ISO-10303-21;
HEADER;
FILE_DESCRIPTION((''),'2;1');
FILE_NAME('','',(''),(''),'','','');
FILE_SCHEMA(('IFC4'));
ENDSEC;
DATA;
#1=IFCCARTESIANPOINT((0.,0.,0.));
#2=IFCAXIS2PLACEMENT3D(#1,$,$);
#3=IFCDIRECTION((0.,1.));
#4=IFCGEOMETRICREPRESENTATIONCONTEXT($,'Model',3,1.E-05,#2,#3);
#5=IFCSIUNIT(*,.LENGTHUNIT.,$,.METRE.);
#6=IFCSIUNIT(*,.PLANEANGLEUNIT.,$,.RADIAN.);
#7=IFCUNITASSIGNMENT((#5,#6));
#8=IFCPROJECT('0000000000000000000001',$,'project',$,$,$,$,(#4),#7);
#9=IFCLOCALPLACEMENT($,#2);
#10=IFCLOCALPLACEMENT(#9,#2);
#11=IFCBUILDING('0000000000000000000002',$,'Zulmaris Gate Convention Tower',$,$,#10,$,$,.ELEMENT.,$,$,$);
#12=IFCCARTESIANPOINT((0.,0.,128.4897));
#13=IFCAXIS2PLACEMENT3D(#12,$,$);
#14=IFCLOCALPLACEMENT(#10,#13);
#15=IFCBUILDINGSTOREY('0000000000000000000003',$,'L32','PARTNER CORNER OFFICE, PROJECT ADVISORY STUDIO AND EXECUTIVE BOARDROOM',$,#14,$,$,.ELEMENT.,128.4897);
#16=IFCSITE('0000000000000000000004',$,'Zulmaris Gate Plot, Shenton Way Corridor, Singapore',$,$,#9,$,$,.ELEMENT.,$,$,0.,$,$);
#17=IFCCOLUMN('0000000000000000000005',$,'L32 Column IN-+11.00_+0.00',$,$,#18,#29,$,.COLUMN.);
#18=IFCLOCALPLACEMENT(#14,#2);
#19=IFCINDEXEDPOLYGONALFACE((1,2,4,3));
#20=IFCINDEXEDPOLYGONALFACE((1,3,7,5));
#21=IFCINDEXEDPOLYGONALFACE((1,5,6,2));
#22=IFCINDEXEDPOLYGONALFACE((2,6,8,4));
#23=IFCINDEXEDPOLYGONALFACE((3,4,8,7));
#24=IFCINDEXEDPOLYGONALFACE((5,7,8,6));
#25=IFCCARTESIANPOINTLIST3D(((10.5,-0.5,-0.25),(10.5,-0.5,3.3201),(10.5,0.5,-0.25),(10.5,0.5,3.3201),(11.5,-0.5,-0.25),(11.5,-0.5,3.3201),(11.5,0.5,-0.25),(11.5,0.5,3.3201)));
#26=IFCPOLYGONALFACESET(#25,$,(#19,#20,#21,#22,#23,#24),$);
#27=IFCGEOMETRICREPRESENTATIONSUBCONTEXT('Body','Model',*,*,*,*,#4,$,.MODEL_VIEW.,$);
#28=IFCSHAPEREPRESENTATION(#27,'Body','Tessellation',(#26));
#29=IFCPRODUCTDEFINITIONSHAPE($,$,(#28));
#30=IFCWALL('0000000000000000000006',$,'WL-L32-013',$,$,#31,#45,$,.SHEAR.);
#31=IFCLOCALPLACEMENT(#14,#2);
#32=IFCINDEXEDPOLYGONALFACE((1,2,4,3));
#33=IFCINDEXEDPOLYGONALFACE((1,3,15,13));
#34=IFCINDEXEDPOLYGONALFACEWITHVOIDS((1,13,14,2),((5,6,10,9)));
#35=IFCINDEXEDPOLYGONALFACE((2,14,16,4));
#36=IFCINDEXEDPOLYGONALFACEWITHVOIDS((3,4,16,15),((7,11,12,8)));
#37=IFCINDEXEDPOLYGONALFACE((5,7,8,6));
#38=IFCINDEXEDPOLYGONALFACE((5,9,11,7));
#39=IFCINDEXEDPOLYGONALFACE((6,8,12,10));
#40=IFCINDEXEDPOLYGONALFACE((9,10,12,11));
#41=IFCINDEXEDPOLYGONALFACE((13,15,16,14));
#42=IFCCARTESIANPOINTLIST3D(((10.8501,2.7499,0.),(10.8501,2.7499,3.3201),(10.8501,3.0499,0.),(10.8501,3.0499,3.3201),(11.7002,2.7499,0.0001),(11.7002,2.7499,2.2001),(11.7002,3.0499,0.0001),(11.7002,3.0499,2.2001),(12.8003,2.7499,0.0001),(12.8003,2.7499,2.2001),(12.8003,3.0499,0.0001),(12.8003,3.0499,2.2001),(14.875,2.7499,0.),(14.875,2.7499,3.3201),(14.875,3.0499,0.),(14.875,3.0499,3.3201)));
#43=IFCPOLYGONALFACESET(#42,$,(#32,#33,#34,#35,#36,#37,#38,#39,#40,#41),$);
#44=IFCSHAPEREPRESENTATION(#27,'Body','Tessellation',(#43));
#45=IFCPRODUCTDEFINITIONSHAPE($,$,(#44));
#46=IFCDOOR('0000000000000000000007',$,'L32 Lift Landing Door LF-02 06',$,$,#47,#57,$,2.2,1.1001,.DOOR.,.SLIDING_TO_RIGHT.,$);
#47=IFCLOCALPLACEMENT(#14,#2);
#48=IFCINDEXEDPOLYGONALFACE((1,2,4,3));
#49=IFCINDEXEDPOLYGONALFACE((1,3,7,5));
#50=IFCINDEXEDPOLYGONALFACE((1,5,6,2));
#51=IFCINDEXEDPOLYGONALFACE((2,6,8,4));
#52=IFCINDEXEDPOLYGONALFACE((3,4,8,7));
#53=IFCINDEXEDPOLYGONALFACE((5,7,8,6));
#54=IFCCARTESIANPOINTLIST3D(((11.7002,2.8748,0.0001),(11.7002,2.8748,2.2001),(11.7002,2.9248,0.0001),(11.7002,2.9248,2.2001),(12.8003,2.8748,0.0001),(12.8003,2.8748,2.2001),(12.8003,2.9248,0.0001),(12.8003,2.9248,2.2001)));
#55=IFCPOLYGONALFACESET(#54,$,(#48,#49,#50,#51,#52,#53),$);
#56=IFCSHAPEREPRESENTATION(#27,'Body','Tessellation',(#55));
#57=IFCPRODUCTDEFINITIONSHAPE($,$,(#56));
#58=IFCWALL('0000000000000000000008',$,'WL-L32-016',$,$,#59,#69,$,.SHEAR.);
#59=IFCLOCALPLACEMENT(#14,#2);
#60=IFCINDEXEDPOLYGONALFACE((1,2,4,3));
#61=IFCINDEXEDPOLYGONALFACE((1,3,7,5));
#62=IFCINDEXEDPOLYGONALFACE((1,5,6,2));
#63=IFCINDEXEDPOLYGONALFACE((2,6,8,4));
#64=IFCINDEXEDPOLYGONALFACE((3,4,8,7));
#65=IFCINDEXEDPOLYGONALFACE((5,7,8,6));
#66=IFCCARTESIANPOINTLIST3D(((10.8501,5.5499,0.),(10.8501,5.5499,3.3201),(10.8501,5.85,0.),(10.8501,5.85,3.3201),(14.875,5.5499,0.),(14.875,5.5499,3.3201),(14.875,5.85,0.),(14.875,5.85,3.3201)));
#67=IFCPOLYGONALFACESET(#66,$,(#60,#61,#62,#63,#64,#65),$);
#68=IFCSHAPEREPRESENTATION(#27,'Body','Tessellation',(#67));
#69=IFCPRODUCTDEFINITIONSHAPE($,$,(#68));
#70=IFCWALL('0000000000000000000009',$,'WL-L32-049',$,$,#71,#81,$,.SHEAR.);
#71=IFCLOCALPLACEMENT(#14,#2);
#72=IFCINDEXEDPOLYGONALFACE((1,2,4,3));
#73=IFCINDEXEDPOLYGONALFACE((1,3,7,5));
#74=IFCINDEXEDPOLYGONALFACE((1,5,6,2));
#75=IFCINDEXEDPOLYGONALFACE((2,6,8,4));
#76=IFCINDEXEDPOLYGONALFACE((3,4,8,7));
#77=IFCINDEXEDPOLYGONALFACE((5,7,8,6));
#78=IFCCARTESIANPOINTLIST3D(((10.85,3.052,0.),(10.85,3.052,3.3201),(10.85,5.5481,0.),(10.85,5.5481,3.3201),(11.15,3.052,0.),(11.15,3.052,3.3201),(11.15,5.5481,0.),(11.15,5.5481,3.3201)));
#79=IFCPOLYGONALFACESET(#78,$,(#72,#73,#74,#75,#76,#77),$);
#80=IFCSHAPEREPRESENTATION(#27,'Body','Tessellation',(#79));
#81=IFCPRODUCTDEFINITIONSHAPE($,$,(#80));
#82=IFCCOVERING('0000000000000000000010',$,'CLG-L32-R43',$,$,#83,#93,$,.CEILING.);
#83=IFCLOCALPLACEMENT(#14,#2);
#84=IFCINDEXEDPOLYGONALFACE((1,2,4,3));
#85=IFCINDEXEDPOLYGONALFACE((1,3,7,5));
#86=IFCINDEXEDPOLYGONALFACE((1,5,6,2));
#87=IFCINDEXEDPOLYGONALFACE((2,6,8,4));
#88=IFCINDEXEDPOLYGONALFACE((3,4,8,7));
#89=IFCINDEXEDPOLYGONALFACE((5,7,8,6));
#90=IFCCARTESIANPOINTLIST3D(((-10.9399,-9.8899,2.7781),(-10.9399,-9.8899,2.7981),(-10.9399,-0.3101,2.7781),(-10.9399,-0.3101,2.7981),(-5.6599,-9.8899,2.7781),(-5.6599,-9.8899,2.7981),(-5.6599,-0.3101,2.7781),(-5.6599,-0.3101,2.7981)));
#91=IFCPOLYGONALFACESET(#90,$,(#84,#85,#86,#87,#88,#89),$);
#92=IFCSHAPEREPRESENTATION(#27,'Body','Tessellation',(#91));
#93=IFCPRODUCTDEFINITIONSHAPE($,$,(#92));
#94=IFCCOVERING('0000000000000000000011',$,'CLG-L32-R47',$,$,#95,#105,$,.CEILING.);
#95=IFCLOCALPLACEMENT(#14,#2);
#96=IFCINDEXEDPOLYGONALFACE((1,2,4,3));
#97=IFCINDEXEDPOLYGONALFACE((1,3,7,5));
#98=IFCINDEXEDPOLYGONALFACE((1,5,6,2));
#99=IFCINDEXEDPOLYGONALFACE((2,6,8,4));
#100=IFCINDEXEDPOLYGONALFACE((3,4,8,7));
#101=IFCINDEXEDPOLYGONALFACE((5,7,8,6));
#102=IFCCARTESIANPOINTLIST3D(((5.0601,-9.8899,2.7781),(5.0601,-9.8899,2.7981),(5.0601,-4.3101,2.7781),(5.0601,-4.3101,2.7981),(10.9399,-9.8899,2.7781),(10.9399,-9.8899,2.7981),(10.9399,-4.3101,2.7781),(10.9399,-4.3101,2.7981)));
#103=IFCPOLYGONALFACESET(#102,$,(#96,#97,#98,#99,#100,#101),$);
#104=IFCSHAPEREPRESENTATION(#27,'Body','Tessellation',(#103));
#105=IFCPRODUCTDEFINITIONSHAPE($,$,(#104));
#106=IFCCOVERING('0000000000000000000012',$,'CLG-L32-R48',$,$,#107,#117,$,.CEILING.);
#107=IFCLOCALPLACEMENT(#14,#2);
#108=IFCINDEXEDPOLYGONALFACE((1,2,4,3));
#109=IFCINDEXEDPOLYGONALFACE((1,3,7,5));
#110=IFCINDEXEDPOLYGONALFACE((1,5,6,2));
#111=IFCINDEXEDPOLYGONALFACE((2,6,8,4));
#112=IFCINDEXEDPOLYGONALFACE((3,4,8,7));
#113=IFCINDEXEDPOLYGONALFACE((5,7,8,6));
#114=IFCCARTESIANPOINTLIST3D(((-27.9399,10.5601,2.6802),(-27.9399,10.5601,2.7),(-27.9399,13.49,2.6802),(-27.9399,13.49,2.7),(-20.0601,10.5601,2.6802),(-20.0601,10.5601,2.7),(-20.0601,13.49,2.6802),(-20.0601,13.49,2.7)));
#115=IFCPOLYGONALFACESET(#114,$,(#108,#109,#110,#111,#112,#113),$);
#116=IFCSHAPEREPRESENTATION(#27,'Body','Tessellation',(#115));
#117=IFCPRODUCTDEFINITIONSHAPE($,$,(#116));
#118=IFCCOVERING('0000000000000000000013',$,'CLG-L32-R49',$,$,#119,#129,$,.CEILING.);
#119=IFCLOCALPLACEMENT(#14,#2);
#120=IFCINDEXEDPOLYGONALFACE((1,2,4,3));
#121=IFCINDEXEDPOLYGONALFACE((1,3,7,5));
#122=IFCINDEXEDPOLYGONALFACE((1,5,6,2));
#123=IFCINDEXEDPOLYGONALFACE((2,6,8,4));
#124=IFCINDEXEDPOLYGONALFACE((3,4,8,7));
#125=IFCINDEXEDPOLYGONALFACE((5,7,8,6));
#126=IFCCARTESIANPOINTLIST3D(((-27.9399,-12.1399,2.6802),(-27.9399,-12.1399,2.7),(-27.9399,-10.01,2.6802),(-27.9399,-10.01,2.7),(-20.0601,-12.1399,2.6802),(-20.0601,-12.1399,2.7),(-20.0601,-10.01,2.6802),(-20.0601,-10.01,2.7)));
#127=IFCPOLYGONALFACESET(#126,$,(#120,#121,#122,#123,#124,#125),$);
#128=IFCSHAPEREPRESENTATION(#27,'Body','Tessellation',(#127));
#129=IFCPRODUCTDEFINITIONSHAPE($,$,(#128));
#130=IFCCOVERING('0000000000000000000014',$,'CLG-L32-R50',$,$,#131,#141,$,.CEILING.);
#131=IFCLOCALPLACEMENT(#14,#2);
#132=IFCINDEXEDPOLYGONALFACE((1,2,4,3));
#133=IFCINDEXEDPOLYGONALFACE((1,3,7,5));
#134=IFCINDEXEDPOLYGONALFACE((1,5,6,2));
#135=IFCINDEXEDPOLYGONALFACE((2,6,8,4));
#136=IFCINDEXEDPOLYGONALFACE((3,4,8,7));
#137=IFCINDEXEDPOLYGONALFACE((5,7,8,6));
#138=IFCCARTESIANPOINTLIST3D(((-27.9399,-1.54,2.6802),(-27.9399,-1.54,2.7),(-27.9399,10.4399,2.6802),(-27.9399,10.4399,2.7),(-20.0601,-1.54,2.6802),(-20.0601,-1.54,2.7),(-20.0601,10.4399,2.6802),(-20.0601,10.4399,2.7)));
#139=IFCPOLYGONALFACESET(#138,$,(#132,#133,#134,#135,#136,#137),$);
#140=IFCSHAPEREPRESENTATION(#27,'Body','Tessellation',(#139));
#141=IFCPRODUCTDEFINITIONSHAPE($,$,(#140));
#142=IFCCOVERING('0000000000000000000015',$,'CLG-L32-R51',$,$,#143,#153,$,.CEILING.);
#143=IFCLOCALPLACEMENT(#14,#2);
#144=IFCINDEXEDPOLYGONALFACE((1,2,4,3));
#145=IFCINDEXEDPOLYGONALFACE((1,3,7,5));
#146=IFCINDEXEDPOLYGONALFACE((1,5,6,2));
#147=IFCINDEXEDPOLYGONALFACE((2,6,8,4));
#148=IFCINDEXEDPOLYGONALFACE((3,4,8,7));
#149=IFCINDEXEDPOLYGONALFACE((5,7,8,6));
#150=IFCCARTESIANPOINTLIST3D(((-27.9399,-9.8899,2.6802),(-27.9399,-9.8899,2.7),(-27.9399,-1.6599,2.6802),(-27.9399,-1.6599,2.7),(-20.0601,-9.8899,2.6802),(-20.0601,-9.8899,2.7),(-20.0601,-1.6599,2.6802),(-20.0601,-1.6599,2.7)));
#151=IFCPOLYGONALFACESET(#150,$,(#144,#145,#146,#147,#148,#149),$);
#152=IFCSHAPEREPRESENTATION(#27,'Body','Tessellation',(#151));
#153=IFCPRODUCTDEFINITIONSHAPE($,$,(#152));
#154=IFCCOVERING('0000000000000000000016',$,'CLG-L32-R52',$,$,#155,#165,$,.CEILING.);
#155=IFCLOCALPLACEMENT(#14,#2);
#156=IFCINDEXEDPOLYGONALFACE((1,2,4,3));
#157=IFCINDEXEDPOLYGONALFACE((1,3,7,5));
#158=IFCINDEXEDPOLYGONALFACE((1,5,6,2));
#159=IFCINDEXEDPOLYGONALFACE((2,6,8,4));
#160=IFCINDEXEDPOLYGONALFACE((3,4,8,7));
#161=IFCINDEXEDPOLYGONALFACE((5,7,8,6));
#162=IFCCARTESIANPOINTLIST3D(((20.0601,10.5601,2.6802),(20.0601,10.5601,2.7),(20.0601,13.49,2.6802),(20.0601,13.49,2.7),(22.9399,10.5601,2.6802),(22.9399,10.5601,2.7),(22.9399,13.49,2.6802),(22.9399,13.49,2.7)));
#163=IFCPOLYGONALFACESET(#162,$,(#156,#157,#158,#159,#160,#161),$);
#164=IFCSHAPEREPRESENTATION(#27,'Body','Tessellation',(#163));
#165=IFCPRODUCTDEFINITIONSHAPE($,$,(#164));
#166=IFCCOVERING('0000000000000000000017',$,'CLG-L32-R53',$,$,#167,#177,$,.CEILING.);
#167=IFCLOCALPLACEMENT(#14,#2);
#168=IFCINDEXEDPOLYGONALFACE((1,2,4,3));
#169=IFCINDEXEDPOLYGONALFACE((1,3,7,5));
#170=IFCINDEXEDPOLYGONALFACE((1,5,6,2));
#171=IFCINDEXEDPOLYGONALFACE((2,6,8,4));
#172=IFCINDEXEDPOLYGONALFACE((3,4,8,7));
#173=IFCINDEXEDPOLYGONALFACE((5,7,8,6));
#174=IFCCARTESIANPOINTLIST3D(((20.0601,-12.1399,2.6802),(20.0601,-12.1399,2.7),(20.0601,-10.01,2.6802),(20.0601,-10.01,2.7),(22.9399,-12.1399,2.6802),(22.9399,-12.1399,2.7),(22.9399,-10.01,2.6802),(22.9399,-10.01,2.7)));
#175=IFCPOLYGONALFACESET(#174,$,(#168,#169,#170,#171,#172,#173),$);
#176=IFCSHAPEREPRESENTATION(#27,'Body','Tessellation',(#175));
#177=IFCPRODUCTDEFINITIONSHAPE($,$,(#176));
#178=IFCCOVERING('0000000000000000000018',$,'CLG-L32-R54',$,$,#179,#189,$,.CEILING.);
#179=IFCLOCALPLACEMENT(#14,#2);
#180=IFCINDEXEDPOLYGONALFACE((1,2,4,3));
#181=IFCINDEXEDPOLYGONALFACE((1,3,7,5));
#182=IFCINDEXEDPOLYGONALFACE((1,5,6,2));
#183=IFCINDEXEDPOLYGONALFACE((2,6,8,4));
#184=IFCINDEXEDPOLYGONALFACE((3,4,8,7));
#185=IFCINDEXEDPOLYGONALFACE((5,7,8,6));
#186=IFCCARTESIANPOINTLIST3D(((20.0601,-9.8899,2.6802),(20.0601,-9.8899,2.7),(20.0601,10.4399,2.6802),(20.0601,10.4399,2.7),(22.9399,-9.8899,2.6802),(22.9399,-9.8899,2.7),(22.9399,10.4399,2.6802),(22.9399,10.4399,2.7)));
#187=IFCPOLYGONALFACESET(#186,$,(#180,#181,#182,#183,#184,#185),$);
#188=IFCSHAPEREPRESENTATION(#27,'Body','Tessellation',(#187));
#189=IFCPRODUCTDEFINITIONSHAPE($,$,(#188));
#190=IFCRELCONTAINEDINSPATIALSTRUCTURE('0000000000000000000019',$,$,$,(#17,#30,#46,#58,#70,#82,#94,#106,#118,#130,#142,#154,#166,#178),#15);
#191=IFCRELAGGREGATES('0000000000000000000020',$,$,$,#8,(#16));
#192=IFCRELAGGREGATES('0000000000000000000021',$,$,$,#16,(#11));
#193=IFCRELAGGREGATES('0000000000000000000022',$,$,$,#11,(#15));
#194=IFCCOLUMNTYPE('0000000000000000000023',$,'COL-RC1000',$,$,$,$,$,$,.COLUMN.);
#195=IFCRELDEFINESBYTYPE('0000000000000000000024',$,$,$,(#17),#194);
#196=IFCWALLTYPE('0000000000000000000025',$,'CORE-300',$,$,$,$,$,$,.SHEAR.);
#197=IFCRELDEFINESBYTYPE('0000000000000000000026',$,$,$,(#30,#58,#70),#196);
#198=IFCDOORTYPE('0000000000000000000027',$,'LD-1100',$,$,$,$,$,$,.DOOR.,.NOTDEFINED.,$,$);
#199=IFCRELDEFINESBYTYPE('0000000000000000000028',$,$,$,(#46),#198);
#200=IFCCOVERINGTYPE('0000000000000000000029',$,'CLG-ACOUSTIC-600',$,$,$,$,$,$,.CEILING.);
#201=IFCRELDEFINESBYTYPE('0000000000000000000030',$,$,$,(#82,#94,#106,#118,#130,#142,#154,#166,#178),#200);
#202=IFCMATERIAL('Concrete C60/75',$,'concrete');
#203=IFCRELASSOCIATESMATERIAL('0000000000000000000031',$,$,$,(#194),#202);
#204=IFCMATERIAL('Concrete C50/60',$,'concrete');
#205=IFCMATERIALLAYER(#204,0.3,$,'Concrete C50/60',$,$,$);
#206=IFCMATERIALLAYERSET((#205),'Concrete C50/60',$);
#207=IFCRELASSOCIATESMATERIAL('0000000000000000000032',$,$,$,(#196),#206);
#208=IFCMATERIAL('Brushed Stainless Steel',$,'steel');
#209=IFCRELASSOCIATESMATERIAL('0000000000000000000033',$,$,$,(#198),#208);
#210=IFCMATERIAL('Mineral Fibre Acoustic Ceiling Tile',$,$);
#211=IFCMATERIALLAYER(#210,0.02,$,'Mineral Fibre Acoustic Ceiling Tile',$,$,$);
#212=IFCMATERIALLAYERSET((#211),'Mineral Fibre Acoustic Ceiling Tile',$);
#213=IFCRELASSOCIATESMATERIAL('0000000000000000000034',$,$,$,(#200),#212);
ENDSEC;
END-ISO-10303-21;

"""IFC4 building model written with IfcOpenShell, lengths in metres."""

from ifc_helpers import new_model, si_unit, direction, frame, frame_2d, origin, origin_2d, place, context, subcontext, project, spatial, polyline, rectangle, outline, extrude, material, layer, layer_set, material_profile, profile_set, type_object, element, fill, save


model = new_model("IFC4")

# Units and contexts
model_context = context("Model", 3, precision=1e-05, world=origin(), true_north=direction((0.0, 1.0)))
body_context = subcontext(model_context, "Body", "Model", "MODEL_VIEW")
ifc_project = project(units=[si_unit("LENGTHUNIT", "METRE"), si_unit("PLANEANGLEUNIT", "RADIAN")], contexts=[model_context])

# Site, building, storey
site_placement = place(None, origin())
site = spatial("IfcSite", under=ifc_project, at=site_placement, Name="Zulmaris Gate Plot, Shenton Way Corridor, Singapore", CompositionType="ELEMENT", RefElevation=0.0)
building_placement = place(site_placement, origin())
building = spatial("IfcBuilding", under=site, at=building_placement, Name="Zulmaris Gate Convention Tower", CompositionType="ELEMENT")
storey_placement = place(building_placement, frame((0.0, 0.0, 128.4897)))
storey = spatial("IfcBuildingStorey", under=building, at=storey_placement, Name="L32", Description="PARTNER CORNER OFFICE, PROJECT ADVISORY STUDIO AND EXECUTIVE BOARDROOM", CompositionType="ELEMENT", Elevation=128.4897)

# Column
ifc_material_1 = material(Name="Concrete C60/75", Category="concrete")
ifc_material_profile = material_profile(ifc_material_1, rectangle(XDim=1.0, YDim=1.0, at=origin_2d()), Name="RC COL 1000x1000")
ifc_profile_set = profile_set([ifc_material_profile], Name="Concrete C60/75")
column_type = type_object("IfcColumnType", Name="COL-RC1000", PredefinedType="COLUMN", material=ifc_profile_set)
column_placement = place(storey_placement, frame((11.0, 0.0, -0.25), z_axis=(0.0, 0.0, 1.0), x_axis=(1.0, 0.0, 0.0)))
element("IfcColumn", 1, at=column_placement, inside=storey, type_object=column_type, Name="L32 Column IN-+11.00_+0.00", PredefinedType="COLUMN", context=body_context, shape_type="SweptSolid", body=[
    extrude(rectangle(XDim=1.0, YDim=1.0, at=origin_2d()), origin(), (0.0, 0.0, 1.0), 3.5701),
])

# Wall, opening, door
ifc_material_2 = material(Name="Concrete C50/60", Category="concrete")
ifc_layer_1 = layer(ifc_material_2, 0.3, Name="Concrete C50/60")
ifc_layer_set_1 = layer_set([ifc_layer_1], Name="Concrete C50/60")
wall_type = type_object("IfcWallType", Name="CORE-300", PredefinedType="SHEAR", material=ifc_layer_set_1)
wall_1_placement = place(storey_placement, frame((10.8501, 2.8999, 0.0), z_axis=(0.0, 0.0, 1.0), x_axis=(1.0, 0.0, 0.0)))
wall_1 = element("IfcWall", 2, at=wall_1_placement, inside=storey, type_object=wall_type, Name="WL-L32-013", PredefinedType="SHEAR", context=body_context, shape_type="SweptSolid", body=[
    extrude(rectangle(XDim=4.0249, YDim=0.3, at=frame_2d((2.0125, 0.0))), origin(), (0.0, 0.0, 1.0), 3.3201),
])
opening_1_placement = place(wall_1_placement, frame((0.8501, 0.0, 0.0)))
opening_1 = element("IfcOpeningElement", 3, at=opening_1_placement, cuts=wall_1, PredefinedType="OPENING", context=body_context, shape_type="SweptSolid", body=[
    extrude(rectangle(XDim=1.1001, YDim=2.2, at=frame_2d((0.55, 1.1001))), frame((0.0, 0.1602, 0.0), z_axis=(0.0, -1.0, 0.0), x_axis=(1.0, 0.0, 0.0)), (0.0, 0.0, 1.0), 0.3201),
])
ifc_material_3 = material(Name="Brushed Stainless Steel", Category="steel")
door_type_1 = type_object("IfcDoorType", Name="LD-1100", OperationType="NOTDEFINED", PredefinedType="DOOR", material=ifc_material_3)
door_1_placement = place(opening_1_placement, origin())
door_1 = element("IfcDoor", 4, at=door_1_placement, inside=storey, type_object=door_type_1, Name="L32 Lift Landing Door LF-02 06", OperationType="SLIDING_TO_RIGHT", OverallHeight=2.2, OverallWidth=1.1001, PredefinedType="DOOR", context=body_context, shape_type="SweptSolid", body=[
    extrude(rectangle(XDim=1.1001, YDim=2.2, at=frame_2d((0.55, 1.1001))), frame((0.0, 0.0249, 0.0), z_axis=(0.0, -1.0, 0.0), x_axis=(1.0, 0.0, 0.0)), (0.0, 0.0, 1.0), 0.05),
])
fill(opening_1, door_1)

# Wall
wall_2_placement = place(storey_placement, frame((10.8501, 5.7, 0.0), z_axis=(0.0, 0.0, 1.0), x_axis=(1.0, 0.0, 0.0)))
element("IfcWall", 5, at=wall_2_placement, inside=storey, type_object=wall_type, Name="WL-L32-016", PredefinedType="SHEAR", context=body_context, shape_type="SweptSolid", body=[
    extrude(rectangle(XDim=4.0249, YDim=0.3, at=frame_2d((2.0125, 0.0))), origin(), (0.0, 0.0, 1.0), 3.3201),
])

# Wall
wall_3_placement = place(storey_placement, frame((11.0, 3.052, 0.0), z_axis=(0.0, 0.0, 1.0), x_axis=(0.0, 1.0, 0.0)))
element("IfcWall", 6, at=wall_3_placement, inside=storey, type_object=wall_type, Name="WL-L32-049", PredefinedType="SHEAR", context=body_context, shape_type="SweptSolid", body=[
    extrude(rectangle(XDim=2.4961, YDim=0.3, at=frame_2d((1.248, 0.0))), origin(), (0.0, 0.0, 1.0), 3.3201),
])

# Coverings
ifc_material_4 = material(Name="Mineral Fibre Acoustic Ceiling Tile")
ifc_layer_2 = layer(ifc_material_4, 0.02, Name="Mineral Fibre Acoustic Ceiling Tile")
ifc_layer_set_2 = layer_set([ifc_layer_2], Name="Mineral Fibre Acoustic Ceiling Tile")
covering_type_1 = type_object("IfcCoveringType", Name="CLG-ACOUSTIC-600", PredefinedType="CEILING", material=ifc_layer_set_2)
covering_1_placement = place(storey_placement, frame((0.0, 0.0, 2.7781)))
element("IfcCovering", 7, at=covering_1_placement, inside=storey, type_object=covering_type_1, Name="CLG-L32-R43", PredefinedType="CEILING", context=body_context, shape_type="SweptSolid", body=[
    extrude(outline(polyline([(-10.9399, -9.8899), (-5.6599, -9.8899), (-5.6599, -0.3101), (-10.9399, -0.3101), (-10.9399, -9.8899)])), origin(), (0.0, 0.0, 1.0), 0.02),
])
covering_2_placement = place(storey_placement, frame((0.0, 0.0, 2.7781)))
element("IfcCovering", 8, at=covering_2_placement, inside=storey, type_object=covering_type_1, Name="CLG-L32-R47", PredefinedType="CEILING", context=body_context, shape_type="SweptSolid", body=[
    extrude(outline(polyline([(5.0601, -9.8899), (10.9399, -9.8899), (10.9399, -4.3101), (5.0601, -4.3101), (5.0601, -9.8899)])), origin(), (0.0, 0.0, 1.0), 0.02),
])
covering_3_placement = place(storey_placement, frame((0.0, 0.0, 2.6802)))
element("IfcCovering", 9, at=covering_3_placement, inside=storey, type_object=covering_type_1, Name="CLG-L32-R48", PredefinedType="CEILING", context=body_context, shape_type="SweptSolid", body=[
    extrude(outline(polyline([(-27.9399, 10.5601), (-20.0601, 10.5601), (-20.0601, 13.49), (-27.9399, 13.49), (-27.9399, 10.5601)])), origin(), (0.0, 0.0, 1.0), 0.0198),
])
covering_4_placement = place(storey_placement, frame((0.0, 0.0, 2.6802)))
element("IfcCovering", 10, at=covering_4_placement, inside=storey, type_object=covering_type_1, Name="CLG-L32-R49", PredefinedType="CEILING", context=body_context, shape_type="SweptSolid", body=[
    extrude(outline(polyline([(-27.9399, -12.1399), (-20.0601, -12.1399), (-20.0601, -10.01), (-27.9399, -10.01), (-27.9399, -12.1399)])), origin(), (0.0, 0.0, 1.0), 0.0198),
])
covering_5_placement = place(storey_placement, frame((0.0, 0.0, 2.6802)))
element("IfcCovering", 11, at=covering_5_placement, inside=storey, type_object=covering_type_1, Name="CLG-L32-R50", PredefinedType="CEILING", context=body_context, shape_type="SweptSolid", body=[
    extrude(outline(polyline([(-27.9399, -1.54), (-20.0601, -1.54), (-20.0601, 10.4399), (-27.9399, 10.4399), (-27.9399, -1.54)])), origin(), (0.0, 0.0, 1.0), 0.0198),
])
covering_6_placement = place(storey_placement, frame((0.0, 0.0, 2.6802)))
element("IfcCovering", 12, at=covering_6_placement, inside=storey, type_object=covering_type_1, Name="CLG-L32-R51", PredefinedType="CEILING", context=body_context, shape_type="SweptSolid", body=[
    extrude(outline(polyline([(-27.9399, -9.8899), (-20.0601, -9.8899), (-20.0601, -1.6599), (-27.9399, -1.6599), (-27.9399, -9.8899)])), origin(), (0.0, 0.0, 1.0), 0.0198),
])
covering_7_placement = place(storey_placement, frame((0.0, 0.0, 2.6802)))
element("IfcCovering", 13, at=covering_7_placement, inside=storey, type_object=covering_type_1, Name="CLG-L32-R52", PredefinedType="CEILING", context=body_context, shape_type="SweptSolid", body=[
    extrude(outline(polyline([(20.0601, 10.5601), (22.9399, 10.5601), (22.9399, 13.49), (20.0601, 13.49), (20.0601, 10.5601)])), origin(), (0.0, 0.0, 1.0), 0.0198),
])
covering_8_placement = place(storey_placement, frame((0.0, 0.0, 2.6802)))
element("IfcCovering", 14, at=covering_8_placement, inside=storey, type_object=covering_type_1, Name="CLG-L32-R53", PredefinedType="CEILING", context=body_context, shape_type="SweptSolid", body=[
    extrude(outline(polyline([(20.0601, -12.1399), (22.9399, -12.1399), (22.9399, -10.01), (20.0601, -10.01), (20.0601, -12.1399)])), origin(), (0.0, 0.0, 1.0), 0.0198),
])
covering_9_placement = place(storey_placement, frame((0.0, 0.0, 2.6802)))
element("IfcCovering", 15, at=covering_9_placement, inside=storey, type_object=covering_type_1, Name="CLG-L32-R54", PredefinedType="CEILING", context=body_context, shape_type="SweptSolid", body=[
    extrude(outline(polyline([(20.0601, -9.8899), (22.9399, -9.8899), (22.9399, 10.4399), (20.0601, 10.4399), (20.0601, -9.8899)])), origin(), (0.0, 0.0, 1.0), 0.0198),
])

save(model, "model.ifc")
